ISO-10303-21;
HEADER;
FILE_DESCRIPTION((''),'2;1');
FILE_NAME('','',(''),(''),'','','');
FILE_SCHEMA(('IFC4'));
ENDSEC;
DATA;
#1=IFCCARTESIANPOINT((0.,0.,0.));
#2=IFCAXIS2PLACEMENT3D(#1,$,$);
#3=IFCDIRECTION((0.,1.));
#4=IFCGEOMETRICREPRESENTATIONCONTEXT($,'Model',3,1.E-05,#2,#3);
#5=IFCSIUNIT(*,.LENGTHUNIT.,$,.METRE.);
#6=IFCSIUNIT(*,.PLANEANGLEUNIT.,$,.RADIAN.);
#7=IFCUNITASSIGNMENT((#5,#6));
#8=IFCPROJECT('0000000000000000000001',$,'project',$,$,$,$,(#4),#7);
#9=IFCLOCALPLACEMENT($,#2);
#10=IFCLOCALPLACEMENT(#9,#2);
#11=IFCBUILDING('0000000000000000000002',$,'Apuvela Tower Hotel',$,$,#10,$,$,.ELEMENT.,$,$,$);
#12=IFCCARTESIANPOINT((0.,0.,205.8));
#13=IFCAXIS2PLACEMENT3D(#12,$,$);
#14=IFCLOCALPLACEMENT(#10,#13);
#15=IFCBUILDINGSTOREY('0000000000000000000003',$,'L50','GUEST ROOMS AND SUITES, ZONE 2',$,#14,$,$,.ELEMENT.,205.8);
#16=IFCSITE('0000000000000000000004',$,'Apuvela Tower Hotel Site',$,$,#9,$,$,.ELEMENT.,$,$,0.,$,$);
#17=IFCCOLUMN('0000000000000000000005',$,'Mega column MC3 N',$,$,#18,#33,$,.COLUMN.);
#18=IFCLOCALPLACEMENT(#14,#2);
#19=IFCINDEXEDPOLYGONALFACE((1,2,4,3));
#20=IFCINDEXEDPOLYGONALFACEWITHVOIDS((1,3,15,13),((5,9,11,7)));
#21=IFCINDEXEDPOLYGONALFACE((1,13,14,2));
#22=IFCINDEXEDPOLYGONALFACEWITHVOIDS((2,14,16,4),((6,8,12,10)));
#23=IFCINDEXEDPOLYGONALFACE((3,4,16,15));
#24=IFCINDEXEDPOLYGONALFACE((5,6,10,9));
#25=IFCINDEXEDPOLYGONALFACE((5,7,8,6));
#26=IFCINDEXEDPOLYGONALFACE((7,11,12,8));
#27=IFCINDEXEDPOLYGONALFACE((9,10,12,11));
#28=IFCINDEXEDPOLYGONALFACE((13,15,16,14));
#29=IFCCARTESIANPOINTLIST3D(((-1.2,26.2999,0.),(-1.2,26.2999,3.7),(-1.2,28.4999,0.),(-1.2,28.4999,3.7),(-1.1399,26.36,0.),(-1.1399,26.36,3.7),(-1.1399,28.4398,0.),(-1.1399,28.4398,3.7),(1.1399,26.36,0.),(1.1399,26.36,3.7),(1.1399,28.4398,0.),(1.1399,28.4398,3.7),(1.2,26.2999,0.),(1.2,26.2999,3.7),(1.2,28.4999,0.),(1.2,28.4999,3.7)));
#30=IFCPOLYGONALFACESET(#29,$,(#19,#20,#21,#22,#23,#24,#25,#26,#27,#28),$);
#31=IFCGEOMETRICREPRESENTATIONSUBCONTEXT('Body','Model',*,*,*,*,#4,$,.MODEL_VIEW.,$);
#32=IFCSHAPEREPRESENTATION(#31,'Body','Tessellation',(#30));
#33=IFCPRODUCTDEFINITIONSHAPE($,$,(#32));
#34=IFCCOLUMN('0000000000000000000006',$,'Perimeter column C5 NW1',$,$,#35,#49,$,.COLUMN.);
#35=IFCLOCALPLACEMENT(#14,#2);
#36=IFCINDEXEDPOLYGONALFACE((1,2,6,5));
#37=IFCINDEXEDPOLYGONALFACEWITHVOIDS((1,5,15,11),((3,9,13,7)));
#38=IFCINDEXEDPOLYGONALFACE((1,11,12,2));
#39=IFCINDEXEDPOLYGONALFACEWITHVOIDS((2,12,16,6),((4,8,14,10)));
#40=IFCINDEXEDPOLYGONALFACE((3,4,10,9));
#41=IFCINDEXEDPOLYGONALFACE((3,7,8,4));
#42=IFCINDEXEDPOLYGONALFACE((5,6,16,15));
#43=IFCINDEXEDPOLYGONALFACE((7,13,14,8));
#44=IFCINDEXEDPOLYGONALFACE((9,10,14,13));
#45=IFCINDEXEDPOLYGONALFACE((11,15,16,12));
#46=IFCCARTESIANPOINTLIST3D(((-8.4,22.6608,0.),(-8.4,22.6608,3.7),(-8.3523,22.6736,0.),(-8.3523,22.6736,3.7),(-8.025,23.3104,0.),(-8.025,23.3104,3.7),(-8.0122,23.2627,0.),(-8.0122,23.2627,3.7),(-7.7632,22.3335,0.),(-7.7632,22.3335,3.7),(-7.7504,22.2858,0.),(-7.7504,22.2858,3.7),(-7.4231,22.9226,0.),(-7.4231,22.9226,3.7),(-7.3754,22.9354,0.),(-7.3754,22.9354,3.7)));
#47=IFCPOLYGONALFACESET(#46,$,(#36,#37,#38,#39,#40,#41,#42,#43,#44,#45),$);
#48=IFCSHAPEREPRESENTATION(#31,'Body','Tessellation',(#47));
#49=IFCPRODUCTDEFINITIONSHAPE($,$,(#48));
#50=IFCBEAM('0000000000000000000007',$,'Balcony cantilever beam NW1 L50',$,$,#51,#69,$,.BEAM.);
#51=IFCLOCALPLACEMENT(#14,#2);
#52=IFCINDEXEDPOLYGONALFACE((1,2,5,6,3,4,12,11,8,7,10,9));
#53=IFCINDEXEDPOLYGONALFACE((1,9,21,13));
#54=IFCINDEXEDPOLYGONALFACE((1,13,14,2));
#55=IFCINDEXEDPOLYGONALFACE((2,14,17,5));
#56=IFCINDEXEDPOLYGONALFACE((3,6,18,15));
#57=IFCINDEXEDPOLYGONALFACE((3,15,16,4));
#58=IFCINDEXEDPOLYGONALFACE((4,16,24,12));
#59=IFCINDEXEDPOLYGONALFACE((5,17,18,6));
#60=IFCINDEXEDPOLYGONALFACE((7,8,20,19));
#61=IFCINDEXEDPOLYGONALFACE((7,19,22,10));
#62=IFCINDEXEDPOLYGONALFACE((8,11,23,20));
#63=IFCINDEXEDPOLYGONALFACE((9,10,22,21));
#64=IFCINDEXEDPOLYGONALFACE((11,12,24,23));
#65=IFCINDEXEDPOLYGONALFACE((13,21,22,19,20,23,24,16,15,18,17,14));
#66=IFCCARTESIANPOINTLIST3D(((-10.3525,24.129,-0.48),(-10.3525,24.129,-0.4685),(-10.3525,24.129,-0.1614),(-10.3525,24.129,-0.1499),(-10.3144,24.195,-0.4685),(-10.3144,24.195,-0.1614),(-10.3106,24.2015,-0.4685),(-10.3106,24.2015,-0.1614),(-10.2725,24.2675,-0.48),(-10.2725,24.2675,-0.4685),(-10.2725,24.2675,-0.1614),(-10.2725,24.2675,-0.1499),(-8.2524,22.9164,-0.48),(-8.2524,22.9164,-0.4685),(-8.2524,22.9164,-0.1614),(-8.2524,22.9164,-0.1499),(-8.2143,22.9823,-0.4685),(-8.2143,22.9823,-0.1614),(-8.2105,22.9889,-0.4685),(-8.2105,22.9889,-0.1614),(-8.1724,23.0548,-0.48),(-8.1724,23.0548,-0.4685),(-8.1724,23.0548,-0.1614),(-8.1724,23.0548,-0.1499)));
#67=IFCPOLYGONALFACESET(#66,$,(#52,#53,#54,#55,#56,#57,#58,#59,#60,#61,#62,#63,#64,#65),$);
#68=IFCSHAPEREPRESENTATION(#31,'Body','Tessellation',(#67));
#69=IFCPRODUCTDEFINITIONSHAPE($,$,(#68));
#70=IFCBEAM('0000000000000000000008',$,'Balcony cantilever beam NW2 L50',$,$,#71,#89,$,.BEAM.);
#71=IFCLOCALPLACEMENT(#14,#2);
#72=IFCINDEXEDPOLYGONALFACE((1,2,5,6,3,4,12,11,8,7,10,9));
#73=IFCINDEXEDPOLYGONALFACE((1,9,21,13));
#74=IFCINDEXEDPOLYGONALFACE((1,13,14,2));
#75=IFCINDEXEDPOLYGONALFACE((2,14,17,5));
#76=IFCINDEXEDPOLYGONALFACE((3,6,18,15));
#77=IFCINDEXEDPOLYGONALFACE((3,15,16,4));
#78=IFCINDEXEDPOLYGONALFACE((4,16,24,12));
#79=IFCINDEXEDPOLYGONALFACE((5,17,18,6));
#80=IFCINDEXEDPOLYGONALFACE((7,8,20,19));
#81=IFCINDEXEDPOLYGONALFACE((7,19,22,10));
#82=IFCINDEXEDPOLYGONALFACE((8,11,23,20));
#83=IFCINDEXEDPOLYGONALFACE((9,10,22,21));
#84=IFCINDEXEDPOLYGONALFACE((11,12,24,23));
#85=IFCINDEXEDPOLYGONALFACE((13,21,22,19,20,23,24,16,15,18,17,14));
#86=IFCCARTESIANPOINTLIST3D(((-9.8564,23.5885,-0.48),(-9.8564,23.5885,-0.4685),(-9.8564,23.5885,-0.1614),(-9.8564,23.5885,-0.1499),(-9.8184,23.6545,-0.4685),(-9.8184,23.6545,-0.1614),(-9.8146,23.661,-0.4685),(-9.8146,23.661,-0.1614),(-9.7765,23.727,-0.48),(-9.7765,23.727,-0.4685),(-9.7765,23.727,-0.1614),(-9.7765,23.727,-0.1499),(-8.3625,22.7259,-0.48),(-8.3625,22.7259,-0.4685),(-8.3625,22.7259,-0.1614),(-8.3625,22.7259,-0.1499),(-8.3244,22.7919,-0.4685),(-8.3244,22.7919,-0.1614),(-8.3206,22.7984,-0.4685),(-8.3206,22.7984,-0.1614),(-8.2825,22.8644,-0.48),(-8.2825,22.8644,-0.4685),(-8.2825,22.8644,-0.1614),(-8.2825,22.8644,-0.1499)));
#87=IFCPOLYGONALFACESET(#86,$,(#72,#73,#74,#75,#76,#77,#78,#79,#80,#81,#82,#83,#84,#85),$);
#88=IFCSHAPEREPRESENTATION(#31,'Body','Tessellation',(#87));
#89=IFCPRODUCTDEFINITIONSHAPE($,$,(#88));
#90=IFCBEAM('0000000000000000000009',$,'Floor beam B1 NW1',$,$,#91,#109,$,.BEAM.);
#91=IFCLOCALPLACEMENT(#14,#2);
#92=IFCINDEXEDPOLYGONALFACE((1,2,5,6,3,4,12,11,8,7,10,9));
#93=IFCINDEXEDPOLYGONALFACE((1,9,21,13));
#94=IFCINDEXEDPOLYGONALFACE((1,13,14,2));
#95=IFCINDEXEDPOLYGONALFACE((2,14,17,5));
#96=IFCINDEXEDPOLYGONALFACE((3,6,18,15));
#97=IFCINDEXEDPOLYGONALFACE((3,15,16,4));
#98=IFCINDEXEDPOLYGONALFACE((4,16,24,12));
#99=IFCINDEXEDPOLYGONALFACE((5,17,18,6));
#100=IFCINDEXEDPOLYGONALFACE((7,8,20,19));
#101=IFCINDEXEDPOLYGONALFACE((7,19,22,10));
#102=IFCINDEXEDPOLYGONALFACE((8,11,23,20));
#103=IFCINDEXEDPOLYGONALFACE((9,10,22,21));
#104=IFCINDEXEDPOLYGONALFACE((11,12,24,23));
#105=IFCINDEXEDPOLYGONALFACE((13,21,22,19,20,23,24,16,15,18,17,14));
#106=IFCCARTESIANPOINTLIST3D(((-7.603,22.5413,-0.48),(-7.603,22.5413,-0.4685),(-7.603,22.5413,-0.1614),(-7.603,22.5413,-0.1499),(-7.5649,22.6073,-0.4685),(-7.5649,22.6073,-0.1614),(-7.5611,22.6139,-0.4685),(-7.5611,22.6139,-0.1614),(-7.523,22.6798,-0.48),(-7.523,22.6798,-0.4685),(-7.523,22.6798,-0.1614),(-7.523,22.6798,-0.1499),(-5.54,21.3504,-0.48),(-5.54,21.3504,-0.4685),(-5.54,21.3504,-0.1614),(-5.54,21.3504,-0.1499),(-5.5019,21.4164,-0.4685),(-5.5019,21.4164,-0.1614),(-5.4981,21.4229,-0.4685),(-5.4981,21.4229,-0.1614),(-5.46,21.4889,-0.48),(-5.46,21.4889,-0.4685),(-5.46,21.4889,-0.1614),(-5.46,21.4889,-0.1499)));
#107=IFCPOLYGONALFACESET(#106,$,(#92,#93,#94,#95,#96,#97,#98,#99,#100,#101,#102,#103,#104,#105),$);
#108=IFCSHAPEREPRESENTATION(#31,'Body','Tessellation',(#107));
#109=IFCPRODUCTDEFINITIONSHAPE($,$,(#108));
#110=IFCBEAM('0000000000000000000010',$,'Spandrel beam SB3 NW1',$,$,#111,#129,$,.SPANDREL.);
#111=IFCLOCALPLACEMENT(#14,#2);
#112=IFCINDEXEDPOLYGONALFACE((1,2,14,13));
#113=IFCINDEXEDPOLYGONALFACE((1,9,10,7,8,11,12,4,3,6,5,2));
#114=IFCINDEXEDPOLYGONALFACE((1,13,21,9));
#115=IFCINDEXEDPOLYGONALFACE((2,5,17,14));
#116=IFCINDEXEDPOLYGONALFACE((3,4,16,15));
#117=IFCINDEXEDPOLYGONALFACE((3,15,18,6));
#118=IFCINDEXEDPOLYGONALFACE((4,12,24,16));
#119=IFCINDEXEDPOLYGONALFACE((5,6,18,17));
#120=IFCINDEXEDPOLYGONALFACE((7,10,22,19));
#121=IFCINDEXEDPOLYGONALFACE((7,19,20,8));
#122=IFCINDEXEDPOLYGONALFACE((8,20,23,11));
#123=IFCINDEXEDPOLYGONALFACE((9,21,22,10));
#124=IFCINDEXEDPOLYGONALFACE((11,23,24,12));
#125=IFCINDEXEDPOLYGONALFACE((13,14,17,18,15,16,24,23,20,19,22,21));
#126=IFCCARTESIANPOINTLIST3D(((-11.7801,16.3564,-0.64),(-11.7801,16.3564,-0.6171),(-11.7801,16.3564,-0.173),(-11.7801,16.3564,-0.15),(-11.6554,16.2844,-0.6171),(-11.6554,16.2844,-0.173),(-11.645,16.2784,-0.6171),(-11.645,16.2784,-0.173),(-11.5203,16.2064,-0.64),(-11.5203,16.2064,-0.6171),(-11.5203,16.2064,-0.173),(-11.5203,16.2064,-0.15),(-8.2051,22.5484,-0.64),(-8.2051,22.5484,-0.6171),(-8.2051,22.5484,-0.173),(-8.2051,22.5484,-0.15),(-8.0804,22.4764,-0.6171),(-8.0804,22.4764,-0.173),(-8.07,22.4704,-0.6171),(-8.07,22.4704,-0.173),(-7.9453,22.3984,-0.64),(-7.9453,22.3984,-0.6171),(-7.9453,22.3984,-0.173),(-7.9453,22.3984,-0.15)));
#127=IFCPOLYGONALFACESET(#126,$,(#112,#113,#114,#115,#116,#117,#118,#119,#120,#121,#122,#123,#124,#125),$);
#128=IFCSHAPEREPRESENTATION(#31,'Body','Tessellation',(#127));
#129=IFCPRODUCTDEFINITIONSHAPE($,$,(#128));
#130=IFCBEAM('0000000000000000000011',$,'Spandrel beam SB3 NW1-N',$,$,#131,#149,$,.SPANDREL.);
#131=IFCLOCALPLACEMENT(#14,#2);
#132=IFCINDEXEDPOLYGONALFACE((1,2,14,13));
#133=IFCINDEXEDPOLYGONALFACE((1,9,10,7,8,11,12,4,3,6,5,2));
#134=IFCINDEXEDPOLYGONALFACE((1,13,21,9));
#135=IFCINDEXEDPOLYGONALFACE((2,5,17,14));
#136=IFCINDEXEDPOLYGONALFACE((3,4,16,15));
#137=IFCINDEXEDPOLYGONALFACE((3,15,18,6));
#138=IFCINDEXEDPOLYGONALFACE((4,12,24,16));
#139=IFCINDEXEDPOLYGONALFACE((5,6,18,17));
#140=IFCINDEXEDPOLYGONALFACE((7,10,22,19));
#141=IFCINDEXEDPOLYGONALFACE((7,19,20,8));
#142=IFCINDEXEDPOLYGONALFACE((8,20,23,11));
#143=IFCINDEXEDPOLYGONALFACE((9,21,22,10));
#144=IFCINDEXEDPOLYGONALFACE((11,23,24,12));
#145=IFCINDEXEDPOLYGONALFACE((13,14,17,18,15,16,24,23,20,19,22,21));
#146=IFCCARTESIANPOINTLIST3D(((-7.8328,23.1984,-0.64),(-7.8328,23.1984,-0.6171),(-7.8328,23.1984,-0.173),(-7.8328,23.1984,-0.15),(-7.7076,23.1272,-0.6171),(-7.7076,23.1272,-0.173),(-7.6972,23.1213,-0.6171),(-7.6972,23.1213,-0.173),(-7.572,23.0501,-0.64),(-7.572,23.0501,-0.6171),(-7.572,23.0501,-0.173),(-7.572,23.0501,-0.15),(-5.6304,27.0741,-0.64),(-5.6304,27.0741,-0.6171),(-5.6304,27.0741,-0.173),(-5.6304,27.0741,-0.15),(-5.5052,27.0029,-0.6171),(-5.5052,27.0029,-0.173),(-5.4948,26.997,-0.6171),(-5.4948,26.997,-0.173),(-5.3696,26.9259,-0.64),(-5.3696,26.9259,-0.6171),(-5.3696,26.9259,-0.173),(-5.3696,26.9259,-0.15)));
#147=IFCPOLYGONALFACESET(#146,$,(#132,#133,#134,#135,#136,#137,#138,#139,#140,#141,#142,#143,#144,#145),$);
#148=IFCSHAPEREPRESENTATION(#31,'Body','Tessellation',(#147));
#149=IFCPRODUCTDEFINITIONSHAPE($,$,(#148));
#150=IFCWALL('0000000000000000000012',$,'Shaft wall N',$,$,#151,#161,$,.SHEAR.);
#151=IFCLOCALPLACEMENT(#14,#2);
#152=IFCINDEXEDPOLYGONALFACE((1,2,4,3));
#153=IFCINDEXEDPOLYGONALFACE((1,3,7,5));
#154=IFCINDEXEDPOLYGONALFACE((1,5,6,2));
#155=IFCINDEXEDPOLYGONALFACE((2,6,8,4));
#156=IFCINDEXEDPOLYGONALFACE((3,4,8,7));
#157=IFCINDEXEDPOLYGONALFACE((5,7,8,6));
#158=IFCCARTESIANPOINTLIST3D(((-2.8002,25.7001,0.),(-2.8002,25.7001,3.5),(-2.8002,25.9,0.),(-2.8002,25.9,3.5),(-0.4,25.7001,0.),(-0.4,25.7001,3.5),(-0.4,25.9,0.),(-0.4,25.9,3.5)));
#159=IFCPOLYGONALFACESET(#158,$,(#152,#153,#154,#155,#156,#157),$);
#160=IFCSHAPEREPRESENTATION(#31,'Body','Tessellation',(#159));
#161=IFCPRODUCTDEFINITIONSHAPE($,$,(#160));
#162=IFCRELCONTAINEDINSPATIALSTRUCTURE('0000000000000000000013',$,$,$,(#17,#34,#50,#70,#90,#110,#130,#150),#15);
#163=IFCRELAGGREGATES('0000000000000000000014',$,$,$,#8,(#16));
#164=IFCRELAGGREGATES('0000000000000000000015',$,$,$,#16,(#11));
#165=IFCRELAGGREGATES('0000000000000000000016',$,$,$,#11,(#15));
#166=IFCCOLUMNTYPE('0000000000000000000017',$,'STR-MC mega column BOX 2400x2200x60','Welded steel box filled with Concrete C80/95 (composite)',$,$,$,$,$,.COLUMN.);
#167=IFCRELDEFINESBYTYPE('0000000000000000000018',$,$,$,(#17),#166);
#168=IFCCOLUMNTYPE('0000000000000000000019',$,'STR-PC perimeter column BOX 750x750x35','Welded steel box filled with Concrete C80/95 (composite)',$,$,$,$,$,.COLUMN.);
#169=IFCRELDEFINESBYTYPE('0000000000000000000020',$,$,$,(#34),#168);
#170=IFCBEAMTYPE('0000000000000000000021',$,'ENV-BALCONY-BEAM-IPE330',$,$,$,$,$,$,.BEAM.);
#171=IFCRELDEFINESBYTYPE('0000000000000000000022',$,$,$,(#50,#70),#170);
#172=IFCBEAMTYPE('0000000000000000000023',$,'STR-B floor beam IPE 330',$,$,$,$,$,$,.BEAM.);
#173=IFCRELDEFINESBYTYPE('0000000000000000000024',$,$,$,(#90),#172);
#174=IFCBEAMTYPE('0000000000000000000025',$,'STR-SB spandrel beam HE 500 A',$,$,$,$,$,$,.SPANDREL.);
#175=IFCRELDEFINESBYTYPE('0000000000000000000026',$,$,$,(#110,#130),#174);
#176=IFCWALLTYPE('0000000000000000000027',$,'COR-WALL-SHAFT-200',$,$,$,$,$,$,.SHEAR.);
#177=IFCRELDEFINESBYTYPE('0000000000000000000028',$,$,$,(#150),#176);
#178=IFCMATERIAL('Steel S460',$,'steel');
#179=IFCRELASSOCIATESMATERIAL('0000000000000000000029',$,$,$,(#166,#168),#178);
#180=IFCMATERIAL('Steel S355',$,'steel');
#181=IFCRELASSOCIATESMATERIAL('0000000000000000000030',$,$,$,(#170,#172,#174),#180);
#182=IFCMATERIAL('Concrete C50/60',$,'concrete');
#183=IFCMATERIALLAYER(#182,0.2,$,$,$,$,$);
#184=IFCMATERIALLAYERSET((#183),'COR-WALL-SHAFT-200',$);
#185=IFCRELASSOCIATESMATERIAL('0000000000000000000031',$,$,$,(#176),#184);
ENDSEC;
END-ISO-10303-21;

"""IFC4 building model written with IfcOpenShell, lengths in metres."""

from ifc_helpers import new_model, si_unit, direction, frame, frame_2d, origin, origin_2d, place, context, subcontext, project, spatial, rectangle, hollow_rectangle, i_section, extrude, material, layer, layer_set, material_profile, profile_set, type_object, element, save


model = new_model("IFC4")

# Units and contexts
model_context = context("Model", 3, precision=1e-05, world=origin(), true_north=direction((0.0, 1.0)))
body_context = subcontext(model_context, "Body", "Model", "MODEL_VIEW")
ifc_project = project(units=[si_unit("LENGTHUNIT", "METRE"), si_unit("PLANEANGLEUNIT", "RADIAN")], contexts=[model_context])

# Site, building, storey
site_placement = place(None, origin())
site = spatial("IfcSite", under=ifc_project, at=site_placement, Name="Apuvela Tower Hotel Site", CompositionType="ELEMENT", RefElevation=0.0)
building_placement = place(site_placement, origin())
building = spatial("IfcBuilding", under=site, at=building_placement, Name="Apuvela Tower Hotel", CompositionType="ELEMENT")
storey_placement = place(building_placement, frame((0.0, 0.0, 205.8)))
storey = spatial("IfcBuildingStorey", under=building, at=storey_placement, Name="L50", Description="GUEST ROOMS AND SUITES, ZONE 2", CompositionType="ELEMENT", Elevation=205.8)

# Columns
ifc_material_1 = material(Name="Steel S460", Category="steel")
ifc_material_profile_1 = material_profile(ifc_material_1, hollow_rectangle(XDim=2.3999, YDim=2.2, WallThickness=0.0601, at=origin_2d()), Name="BOX 2400x2200x60")
ifc_material_2 = material(Name="Concrete C80/95", Category="concrete")
ifc_material_profile_2 = material_profile(ifc_material_2, rectangle(XDim=2.28, YDim=2.0801, at=origin_2d()), Name="Concrete C80/95 infill")
ifc_profile_set_1 = profile_set([ifc_material_profile_1, ifc_material_profile_2], Name="Steel S460")
column_type_1 = type_object("IfcColumnType", Name="STR-MC mega column BOX 2400x2200x60", Description="Welded steel box filled with Concrete C80/95 (composite)", PredefinedType="COLUMN", material=ifc_profile_set_1)
column_1_placement = place(storey_placement, frame((0.0, 27.3999, 0.0), z_axis=(0.0, 0.0, 1.0), x_axis=(1.0, 0.0, 0.0)))
element("IfcColumn", 1, at=column_1_placement, inside=storey, type_object=column_type_1, Name="Mega column MC3 N", PredefinedType="COLUMN", context=body_context, shape_type="SweptSolid", body=[
    extrude(hollow_rectangle(XDim=2.3999, YDim=2.2, WallThickness=0.0601, at=origin_2d()), origin(), (0.0, 0.0, 1.0), 3.7),
])
ifc_material_profile_3 = material_profile(ifc_material_1, hollow_rectangle(XDim=0.75, YDim=0.75, WallThickness=0.0349, at=origin_2d()), Name="BOX 750x750x35")
ifc_material_profile_4 = material_profile(ifc_material_2, rectangle(XDim=0.6799, YDim=0.6799, at=origin_2d()), Name="Concrete C80/95 infill")
ifc_profile_set_2 = profile_set([ifc_material_profile_3, ifc_material_profile_4], Name="Steel S460")
column_type_2 = type_object("IfcColumnType", Name="STR-PC perimeter column BOX 750x750x35", Description="Welded steel box filled with Concrete C80/95 (composite)", PredefinedType="COLUMN", material=ifc_profile_set_2)
column_2_placement = place(storey_placement, frame((-7.8877, 22.7981, 0.0), z_axis=(0.0, 0.0, 1.0), x_axis=(0.5, 0.866025, 0.0)))
element("IfcColumn", 2, at=column_2_placement, inside=storey, type_object=column_type_2, Name="Perimeter column C5 NW1", PredefinedType="COLUMN", context=body_context, shape_type="SweptSolid", body=[
    extrude(hollow_rectangle(XDim=0.75, YDim=0.75, WallThickness=0.0349, at=origin_2d()), origin(), (0.0, 0.0, 1.0), 3.7),
])

# Beams
ifc_material_3 = material(Name="Steel S355", Category="steel")
ifc_material_profile_5 = material_profile(ifc_material_3, i_section(OverallWidth=0.1599, OverallDepth=0.3301, WebThickness=0.0076, FlangeThickness=0.0115, at=origin_2d()), Name="IPE 330")
ifc_profile_set_3 = profile_set([ifc_material_profile_5], Name="Steel S355")
beam_type_1 = type_object("IfcBeamType", Name="ENV-BALCONY-BEAM-IPE330", PredefinedType="BEAM", material=ifc_profile_set_3)
beam_1_placement = place(storey_placement, frame((-8.2124, 22.9856, -0.3149), z_axis=(-0.865998, 0.500048, 0.0), x_axis=(-0.500048, -0.865998, 0.0)))
element("IfcBeam", 3, at=beam_1_placement, inside=storey, type_object=beam_type_1, Name="Balcony cantilever beam NW1 L50", PredefinedType="BEAM", context=body_context, shape_type="SweptSolid", body=[
    extrude(i_section(OverallWidth=0.1599, OverallDepth=0.3301, WebThickness=0.0076, FlangeThickness=0.0115, at=origin_2d()), origin(), (0.0, 0.0, 1.0), 2.425),
])
beam_2_placement = place(storey_placement, frame((-8.3225, 22.7952, -0.3149), z_axis=(-0.866014, 0.500021, 0.0), x_axis=(-0.500021, -0.866014, 0.0)))
element("IfcBeam", 4, at=beam_2_placement, inside=storey, type_object=beam_type_1, Name="Balcony cantilever beam NW2 L50", PredefinedType="BEAM", context=body_context, shape_type="SweptSolid", body=[
    extrude(i_section(OverallWidth=0.1599, OverallDepth=0.3301, WebThickness=0.0076, FlangeThickness=0.0115, at=origin_2d()), origin(), (0.0, 0.0, 1.0), 1.7251),
])
ifc_material_profile_6 = material_profile(ifc_material_3, i_section(OverallWidth=0.1599, OverallDepth=0.3301, WebThickness=0.0076, FlangeThickness=0.0115, at=origin_2d()), Name="IPE 330")
ifc_profile_set_4 = profile_set([ifc_material_profile_6], Name="Steel S355")
beam_type_2 = type_object("IfcBeamType", Name="STR-B floor beam IPE 330", PredefinedType="BEAM", material=ifc_profile_set_4)
beam_3_placement = place(storey_placement, frame((-7.563, 22.6106, -0.3149), z_axis=(0.866052, -0.499953, 0.0), x_axis=(0.499953, 0.866052, 0.0)))
element("IfcBeam", 5, at=beam_3_placement, inside=storey, type_object=beam_type_2, Name="Floor beam B1 NW1", PredefinedType="BEAM", context=body_context, shape_type="SweptSolid", body=[
    extrude(i_section(OverallWidth=0.1599, OverallDepth=0.3301, WebThickness=0.0076, FlangeThickness=0.0115, at=origin_2d()), origin(), (0.0, 0.0, 1.0), 2.3821),
])
ifc_material_profile_7 = material_profile(ifc_material_3, i_section(OverallWidth=0.3, OverallDepth=0.49, WebThickness=0.012, FlangeThickness=0.0229, at=origin_2d()), Name="HE 500 A")
ifc_profile_set_5 = profile_set([ifc_material_profile_7], Name="Steel S355")
beam_type_3 = type_object("IfcBeamType", Name="STR-SB spandrel beam HE 500 A", PredefinedType="SPANDREL", material=ifc_profile_set_5)
beam_4_placement = place(storey_placement, frame((-8.0752, 22.4734, -0.395), z_axis=(-0.500006, -0.866022, 0.0), x_axis=(0.866022, -0.500006, 0.0)))
element("IfcBeam", 6, at=beam_4_placement, inside=storey, type_object=beam_type_3, Name="Spandrel beam SB3 NW1", PredefinedType="SPANDREL", context=body_context, shape_type="SweptSolid", body=[
    extrude(i_section(OverallWidth=0.3, OverallDepth=0.49, WebThickness=0.012, FlangeThickness=0.0229, at=origin_2d()), origin(), (0.0, 0.0, 1.0), 7.1499),
])
beam_5_placement = place(storey_placement, frame((-7.7024, 23.1243, -0.395), z_axis=(0.494056, 0.86943, 0.0), x_axis=(-0.86943, 0.494056, 0.0)))
element("IfcBeam", 7, at=beam_5_placement, inside=storey, type_object=beam_type_3, Name="Spandrel beam SB3 NW1-N", PredefinedType="SPANDREL", context=body_context, shape_type="SweptSolid", body=[
    extrude(i_section(OverallWidth=0.3, OverallDepth=0.49, WebThickness=0.012, FlangeThickness=0.0229, at=origin_2d()), origin(), (0.0, 0.0, 1.0), 4.4578),
])

# Wall
ifc_material_4 = material(Name="Concrete C50/60", Category="concrete")
ifc_layer_1 = layer(ifc_material_4, 0.2)
ifc_layer_set_1 = layer_set([ifc_layer_1], Name="COR-WALL-SHAFT-200")
wall_type_1 = type_object("IfcWallType", Name="COR-WALL-SHAFT-200", PredefinedType="SHEAR", material=ifc_layer_set_1)
wall_1_placement = place(storey_placement, frame((-0.3999, 25.8, 0.0), z_axis=(0.0, 0.0, 1.0), x_axis=(-1.0, 0.0, 0.0)))
element("IfcWall", 8, at=wall_1_placement, inside=storey, type_object=wall_type_1, Name="Shaft wall N", PredefinedType="SHEAR", context=body_context, shape_type="SweptSolid", body=[
    extrude(rectangle(XDim=2.4001, YDim=0.2, at=frame_2d((1.2002, 0.0))), origin(), (0.0, 0.0, 1.0), 3.5),
])

save(model, "model.ifc")
